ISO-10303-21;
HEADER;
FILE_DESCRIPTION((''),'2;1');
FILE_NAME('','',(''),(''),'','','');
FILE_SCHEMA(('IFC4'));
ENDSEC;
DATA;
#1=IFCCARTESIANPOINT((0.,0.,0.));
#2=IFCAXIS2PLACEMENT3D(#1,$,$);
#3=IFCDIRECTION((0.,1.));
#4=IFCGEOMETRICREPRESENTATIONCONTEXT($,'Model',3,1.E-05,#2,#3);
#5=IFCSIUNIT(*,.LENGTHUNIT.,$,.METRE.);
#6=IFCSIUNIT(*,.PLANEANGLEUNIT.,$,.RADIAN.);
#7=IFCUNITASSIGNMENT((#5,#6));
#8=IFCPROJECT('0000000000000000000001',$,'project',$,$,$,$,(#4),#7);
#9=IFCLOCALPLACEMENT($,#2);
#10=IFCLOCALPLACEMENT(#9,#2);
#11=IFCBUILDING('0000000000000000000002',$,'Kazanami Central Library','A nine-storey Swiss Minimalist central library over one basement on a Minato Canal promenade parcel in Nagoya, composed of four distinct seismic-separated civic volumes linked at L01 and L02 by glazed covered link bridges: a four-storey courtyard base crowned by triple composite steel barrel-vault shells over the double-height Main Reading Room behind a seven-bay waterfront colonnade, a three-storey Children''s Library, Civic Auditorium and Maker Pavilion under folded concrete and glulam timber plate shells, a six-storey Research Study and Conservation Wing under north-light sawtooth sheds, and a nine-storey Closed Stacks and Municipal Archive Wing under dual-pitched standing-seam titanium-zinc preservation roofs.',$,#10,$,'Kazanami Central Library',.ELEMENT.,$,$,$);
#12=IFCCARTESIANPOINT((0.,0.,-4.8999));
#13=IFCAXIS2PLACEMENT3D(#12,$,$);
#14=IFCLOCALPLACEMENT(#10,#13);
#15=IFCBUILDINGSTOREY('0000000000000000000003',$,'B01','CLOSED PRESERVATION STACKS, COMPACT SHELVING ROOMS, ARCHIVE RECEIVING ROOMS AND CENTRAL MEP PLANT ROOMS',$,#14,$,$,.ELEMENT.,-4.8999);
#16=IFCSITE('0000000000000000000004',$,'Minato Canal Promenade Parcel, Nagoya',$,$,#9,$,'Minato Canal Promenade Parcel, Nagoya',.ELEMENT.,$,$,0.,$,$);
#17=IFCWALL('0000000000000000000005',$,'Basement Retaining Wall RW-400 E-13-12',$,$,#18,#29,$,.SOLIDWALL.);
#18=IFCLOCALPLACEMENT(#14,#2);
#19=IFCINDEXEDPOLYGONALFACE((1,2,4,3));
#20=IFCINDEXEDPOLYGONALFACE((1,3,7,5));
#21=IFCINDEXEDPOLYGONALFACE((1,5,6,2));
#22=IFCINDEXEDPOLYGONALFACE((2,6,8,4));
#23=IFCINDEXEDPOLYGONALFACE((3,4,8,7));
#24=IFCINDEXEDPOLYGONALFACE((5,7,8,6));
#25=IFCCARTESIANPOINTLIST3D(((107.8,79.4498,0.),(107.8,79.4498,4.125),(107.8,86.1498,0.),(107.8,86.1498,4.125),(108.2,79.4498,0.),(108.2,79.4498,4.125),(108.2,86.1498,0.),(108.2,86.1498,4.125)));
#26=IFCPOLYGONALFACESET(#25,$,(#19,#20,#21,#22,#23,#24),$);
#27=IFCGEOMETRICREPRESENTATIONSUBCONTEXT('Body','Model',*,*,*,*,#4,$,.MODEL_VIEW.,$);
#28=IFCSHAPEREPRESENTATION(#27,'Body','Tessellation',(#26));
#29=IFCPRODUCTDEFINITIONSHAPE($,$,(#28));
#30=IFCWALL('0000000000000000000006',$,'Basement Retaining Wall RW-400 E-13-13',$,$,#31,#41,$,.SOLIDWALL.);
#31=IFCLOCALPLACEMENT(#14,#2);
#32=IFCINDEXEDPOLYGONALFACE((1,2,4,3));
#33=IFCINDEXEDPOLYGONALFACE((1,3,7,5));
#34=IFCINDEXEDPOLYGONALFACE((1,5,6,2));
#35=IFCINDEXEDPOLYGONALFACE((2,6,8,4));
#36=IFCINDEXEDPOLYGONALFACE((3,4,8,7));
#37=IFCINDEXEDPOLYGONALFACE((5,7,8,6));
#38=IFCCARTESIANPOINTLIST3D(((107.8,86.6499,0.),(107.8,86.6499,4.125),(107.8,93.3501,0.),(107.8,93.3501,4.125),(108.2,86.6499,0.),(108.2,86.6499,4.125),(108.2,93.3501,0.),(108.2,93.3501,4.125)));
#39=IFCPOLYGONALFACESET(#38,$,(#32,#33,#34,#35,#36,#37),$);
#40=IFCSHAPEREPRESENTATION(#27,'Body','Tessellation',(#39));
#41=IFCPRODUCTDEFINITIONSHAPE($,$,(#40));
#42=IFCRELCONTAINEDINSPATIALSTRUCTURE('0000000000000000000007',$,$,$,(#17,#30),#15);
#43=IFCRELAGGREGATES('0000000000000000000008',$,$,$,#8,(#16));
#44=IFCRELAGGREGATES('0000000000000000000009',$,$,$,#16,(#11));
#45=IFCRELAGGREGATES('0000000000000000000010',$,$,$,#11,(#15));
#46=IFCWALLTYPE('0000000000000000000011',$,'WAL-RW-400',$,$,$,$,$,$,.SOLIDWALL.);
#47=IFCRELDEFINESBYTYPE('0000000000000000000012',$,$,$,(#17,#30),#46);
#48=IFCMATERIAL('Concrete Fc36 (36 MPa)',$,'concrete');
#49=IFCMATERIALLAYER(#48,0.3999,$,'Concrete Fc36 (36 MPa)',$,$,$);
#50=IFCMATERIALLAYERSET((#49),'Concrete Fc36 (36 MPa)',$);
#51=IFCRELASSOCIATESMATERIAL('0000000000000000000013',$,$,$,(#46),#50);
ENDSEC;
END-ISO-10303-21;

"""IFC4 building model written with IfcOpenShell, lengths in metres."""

from ifc_helpers import new_model, si_unit, direction, frame, frame_2d, origin, place, context, subcontext, project, spatial, rectangle, extrude, material, layer, layer_set, type_object, element, save


model = new_model("IFC4")

# Units and contexts
model_context = context("Model", 3, precision=1e-05, world=origin(), true_north=direction((0.0, 1.0)))
body_context = subcontext(model_context, "Body", "Model", "MODEL_VIEW")
ifc_project = project(units=[si_unit("LENGTHUNIT", "METRE"), si_unit("PLANEANGLEUNIT", "RADIAN")], contexts=[model_context])

# Site, building, storey
site_placement = place(None, origin())
site = spatial("IfcSite", under=ifc_project, at=site_placement, Name="Minato Canal Promenade Parcel, Nagoya", LongName="Minato Canal Promenade Parcel, Nagoya", CompositionType="ELEMENT", RefElevation=0.0)
building_placement = place(site_placement, origin())
building = spatial("IfcBuilding", under=site, at=building_placement, Name="Kazanami Central Library", Description="A nine-storey Swiss Minimalist central library over one basement on a Minato Canal promenade parcel in Nagoya, composed of four distinct seismic-separated civic volumes linked at L01 and L02 by glazed covered link bridges: a four-storey courtyard base crowned by triple composite steel barrel-vault shells over the double-height Main Reading Room behind a seven-bay waterfront colonnade, a three-storey Children's Library, Civic Auditorium and Maker Pavilion under folded concrete and glulam timber plate shells, a six-storey Research Study and Conservation Wing under north-light sawtooth sheds, and a nine-storey Closed Stacks and Municipal Archive Wing under dual-pitched standing-seam titanium-zinc preservation roofs.", LongName="Kazanami Central Library", CompositionType="ELEMENT")
storey_placement = place(building_placement, frame((0.0, 0.0, -4.8999)))
storey = spatial("IfcBuildingStorey", under=building, at=storey_placement, Name="B01", Description="CLOSED PRESERVATION STACKS, COMPACT SHELVING ROOMS, ARCHIVE RECEIVING ROOMS AND CENTRAL MEP PLANT ROOMS", CompositionType="ELEMENT", Elevation=-4.8999)

# Shared definitions
ifc_material_1 = material(Name="Concrete Fc36 (36 MPa)", Category="concrete")

# Walls
ifc_layer = layer(ifc_material_1, 0.3999, Name="Concrete Fc36 (36 MPa)")
ifc_layer_set = layer_set([ifc_layer], Name="Concrete Fc36 (36 MPa)")
wall_type = type_object("IfcWallType", Name="WAL-RW-400", PredefinedType="SOLIDWALL", material=ifc_layer_set)
wall_1_placement = place(storey_placement, frame((108.0, 86.1499, 0.0), z_axis=(0.0, 0.0, 1.0), x_axis=(0.0, -1.0, 0.0)))
element("IfcWall", 1, at=wall_1_placement, inside=storey, type_object=wall_type, Name="Basement Retaining Wall RW-400 E-13-12", PredefinedType="SOLIDWALL", context=body_context, shape_type="SweptSolid", body=[
    extrude(rectangle(XDim=6.7, YDim=0.3999, at=frame_2d((3.3501, 0.0))), origin(), (0.0, 0.0, 1.0), 4.125),
])
wall_2_placement = place(storey_placement, frame((108.0, 93.3501, 0.0), z_axis=(0.0, 0.0, 1.0), x_axis=(0.0, -1.0, 0.0)))
element("IfcWall", 2, at=wall_2_placement, inside=storey, type_object=wall_type, Name="Basement Retaining Wall RW-400 E-13-13", PredefinedType="SOLIDWALL", context=body_context, shape_type="SweptSolid", body=[
    extrude(rectangle(XDim=6.7002, YDim=0.3999, at=frame_2d((3.3501, 0.0))), origin(), (0.0, 0.0, 1.0), 4.125),
])

save(model, "model.ifc")
